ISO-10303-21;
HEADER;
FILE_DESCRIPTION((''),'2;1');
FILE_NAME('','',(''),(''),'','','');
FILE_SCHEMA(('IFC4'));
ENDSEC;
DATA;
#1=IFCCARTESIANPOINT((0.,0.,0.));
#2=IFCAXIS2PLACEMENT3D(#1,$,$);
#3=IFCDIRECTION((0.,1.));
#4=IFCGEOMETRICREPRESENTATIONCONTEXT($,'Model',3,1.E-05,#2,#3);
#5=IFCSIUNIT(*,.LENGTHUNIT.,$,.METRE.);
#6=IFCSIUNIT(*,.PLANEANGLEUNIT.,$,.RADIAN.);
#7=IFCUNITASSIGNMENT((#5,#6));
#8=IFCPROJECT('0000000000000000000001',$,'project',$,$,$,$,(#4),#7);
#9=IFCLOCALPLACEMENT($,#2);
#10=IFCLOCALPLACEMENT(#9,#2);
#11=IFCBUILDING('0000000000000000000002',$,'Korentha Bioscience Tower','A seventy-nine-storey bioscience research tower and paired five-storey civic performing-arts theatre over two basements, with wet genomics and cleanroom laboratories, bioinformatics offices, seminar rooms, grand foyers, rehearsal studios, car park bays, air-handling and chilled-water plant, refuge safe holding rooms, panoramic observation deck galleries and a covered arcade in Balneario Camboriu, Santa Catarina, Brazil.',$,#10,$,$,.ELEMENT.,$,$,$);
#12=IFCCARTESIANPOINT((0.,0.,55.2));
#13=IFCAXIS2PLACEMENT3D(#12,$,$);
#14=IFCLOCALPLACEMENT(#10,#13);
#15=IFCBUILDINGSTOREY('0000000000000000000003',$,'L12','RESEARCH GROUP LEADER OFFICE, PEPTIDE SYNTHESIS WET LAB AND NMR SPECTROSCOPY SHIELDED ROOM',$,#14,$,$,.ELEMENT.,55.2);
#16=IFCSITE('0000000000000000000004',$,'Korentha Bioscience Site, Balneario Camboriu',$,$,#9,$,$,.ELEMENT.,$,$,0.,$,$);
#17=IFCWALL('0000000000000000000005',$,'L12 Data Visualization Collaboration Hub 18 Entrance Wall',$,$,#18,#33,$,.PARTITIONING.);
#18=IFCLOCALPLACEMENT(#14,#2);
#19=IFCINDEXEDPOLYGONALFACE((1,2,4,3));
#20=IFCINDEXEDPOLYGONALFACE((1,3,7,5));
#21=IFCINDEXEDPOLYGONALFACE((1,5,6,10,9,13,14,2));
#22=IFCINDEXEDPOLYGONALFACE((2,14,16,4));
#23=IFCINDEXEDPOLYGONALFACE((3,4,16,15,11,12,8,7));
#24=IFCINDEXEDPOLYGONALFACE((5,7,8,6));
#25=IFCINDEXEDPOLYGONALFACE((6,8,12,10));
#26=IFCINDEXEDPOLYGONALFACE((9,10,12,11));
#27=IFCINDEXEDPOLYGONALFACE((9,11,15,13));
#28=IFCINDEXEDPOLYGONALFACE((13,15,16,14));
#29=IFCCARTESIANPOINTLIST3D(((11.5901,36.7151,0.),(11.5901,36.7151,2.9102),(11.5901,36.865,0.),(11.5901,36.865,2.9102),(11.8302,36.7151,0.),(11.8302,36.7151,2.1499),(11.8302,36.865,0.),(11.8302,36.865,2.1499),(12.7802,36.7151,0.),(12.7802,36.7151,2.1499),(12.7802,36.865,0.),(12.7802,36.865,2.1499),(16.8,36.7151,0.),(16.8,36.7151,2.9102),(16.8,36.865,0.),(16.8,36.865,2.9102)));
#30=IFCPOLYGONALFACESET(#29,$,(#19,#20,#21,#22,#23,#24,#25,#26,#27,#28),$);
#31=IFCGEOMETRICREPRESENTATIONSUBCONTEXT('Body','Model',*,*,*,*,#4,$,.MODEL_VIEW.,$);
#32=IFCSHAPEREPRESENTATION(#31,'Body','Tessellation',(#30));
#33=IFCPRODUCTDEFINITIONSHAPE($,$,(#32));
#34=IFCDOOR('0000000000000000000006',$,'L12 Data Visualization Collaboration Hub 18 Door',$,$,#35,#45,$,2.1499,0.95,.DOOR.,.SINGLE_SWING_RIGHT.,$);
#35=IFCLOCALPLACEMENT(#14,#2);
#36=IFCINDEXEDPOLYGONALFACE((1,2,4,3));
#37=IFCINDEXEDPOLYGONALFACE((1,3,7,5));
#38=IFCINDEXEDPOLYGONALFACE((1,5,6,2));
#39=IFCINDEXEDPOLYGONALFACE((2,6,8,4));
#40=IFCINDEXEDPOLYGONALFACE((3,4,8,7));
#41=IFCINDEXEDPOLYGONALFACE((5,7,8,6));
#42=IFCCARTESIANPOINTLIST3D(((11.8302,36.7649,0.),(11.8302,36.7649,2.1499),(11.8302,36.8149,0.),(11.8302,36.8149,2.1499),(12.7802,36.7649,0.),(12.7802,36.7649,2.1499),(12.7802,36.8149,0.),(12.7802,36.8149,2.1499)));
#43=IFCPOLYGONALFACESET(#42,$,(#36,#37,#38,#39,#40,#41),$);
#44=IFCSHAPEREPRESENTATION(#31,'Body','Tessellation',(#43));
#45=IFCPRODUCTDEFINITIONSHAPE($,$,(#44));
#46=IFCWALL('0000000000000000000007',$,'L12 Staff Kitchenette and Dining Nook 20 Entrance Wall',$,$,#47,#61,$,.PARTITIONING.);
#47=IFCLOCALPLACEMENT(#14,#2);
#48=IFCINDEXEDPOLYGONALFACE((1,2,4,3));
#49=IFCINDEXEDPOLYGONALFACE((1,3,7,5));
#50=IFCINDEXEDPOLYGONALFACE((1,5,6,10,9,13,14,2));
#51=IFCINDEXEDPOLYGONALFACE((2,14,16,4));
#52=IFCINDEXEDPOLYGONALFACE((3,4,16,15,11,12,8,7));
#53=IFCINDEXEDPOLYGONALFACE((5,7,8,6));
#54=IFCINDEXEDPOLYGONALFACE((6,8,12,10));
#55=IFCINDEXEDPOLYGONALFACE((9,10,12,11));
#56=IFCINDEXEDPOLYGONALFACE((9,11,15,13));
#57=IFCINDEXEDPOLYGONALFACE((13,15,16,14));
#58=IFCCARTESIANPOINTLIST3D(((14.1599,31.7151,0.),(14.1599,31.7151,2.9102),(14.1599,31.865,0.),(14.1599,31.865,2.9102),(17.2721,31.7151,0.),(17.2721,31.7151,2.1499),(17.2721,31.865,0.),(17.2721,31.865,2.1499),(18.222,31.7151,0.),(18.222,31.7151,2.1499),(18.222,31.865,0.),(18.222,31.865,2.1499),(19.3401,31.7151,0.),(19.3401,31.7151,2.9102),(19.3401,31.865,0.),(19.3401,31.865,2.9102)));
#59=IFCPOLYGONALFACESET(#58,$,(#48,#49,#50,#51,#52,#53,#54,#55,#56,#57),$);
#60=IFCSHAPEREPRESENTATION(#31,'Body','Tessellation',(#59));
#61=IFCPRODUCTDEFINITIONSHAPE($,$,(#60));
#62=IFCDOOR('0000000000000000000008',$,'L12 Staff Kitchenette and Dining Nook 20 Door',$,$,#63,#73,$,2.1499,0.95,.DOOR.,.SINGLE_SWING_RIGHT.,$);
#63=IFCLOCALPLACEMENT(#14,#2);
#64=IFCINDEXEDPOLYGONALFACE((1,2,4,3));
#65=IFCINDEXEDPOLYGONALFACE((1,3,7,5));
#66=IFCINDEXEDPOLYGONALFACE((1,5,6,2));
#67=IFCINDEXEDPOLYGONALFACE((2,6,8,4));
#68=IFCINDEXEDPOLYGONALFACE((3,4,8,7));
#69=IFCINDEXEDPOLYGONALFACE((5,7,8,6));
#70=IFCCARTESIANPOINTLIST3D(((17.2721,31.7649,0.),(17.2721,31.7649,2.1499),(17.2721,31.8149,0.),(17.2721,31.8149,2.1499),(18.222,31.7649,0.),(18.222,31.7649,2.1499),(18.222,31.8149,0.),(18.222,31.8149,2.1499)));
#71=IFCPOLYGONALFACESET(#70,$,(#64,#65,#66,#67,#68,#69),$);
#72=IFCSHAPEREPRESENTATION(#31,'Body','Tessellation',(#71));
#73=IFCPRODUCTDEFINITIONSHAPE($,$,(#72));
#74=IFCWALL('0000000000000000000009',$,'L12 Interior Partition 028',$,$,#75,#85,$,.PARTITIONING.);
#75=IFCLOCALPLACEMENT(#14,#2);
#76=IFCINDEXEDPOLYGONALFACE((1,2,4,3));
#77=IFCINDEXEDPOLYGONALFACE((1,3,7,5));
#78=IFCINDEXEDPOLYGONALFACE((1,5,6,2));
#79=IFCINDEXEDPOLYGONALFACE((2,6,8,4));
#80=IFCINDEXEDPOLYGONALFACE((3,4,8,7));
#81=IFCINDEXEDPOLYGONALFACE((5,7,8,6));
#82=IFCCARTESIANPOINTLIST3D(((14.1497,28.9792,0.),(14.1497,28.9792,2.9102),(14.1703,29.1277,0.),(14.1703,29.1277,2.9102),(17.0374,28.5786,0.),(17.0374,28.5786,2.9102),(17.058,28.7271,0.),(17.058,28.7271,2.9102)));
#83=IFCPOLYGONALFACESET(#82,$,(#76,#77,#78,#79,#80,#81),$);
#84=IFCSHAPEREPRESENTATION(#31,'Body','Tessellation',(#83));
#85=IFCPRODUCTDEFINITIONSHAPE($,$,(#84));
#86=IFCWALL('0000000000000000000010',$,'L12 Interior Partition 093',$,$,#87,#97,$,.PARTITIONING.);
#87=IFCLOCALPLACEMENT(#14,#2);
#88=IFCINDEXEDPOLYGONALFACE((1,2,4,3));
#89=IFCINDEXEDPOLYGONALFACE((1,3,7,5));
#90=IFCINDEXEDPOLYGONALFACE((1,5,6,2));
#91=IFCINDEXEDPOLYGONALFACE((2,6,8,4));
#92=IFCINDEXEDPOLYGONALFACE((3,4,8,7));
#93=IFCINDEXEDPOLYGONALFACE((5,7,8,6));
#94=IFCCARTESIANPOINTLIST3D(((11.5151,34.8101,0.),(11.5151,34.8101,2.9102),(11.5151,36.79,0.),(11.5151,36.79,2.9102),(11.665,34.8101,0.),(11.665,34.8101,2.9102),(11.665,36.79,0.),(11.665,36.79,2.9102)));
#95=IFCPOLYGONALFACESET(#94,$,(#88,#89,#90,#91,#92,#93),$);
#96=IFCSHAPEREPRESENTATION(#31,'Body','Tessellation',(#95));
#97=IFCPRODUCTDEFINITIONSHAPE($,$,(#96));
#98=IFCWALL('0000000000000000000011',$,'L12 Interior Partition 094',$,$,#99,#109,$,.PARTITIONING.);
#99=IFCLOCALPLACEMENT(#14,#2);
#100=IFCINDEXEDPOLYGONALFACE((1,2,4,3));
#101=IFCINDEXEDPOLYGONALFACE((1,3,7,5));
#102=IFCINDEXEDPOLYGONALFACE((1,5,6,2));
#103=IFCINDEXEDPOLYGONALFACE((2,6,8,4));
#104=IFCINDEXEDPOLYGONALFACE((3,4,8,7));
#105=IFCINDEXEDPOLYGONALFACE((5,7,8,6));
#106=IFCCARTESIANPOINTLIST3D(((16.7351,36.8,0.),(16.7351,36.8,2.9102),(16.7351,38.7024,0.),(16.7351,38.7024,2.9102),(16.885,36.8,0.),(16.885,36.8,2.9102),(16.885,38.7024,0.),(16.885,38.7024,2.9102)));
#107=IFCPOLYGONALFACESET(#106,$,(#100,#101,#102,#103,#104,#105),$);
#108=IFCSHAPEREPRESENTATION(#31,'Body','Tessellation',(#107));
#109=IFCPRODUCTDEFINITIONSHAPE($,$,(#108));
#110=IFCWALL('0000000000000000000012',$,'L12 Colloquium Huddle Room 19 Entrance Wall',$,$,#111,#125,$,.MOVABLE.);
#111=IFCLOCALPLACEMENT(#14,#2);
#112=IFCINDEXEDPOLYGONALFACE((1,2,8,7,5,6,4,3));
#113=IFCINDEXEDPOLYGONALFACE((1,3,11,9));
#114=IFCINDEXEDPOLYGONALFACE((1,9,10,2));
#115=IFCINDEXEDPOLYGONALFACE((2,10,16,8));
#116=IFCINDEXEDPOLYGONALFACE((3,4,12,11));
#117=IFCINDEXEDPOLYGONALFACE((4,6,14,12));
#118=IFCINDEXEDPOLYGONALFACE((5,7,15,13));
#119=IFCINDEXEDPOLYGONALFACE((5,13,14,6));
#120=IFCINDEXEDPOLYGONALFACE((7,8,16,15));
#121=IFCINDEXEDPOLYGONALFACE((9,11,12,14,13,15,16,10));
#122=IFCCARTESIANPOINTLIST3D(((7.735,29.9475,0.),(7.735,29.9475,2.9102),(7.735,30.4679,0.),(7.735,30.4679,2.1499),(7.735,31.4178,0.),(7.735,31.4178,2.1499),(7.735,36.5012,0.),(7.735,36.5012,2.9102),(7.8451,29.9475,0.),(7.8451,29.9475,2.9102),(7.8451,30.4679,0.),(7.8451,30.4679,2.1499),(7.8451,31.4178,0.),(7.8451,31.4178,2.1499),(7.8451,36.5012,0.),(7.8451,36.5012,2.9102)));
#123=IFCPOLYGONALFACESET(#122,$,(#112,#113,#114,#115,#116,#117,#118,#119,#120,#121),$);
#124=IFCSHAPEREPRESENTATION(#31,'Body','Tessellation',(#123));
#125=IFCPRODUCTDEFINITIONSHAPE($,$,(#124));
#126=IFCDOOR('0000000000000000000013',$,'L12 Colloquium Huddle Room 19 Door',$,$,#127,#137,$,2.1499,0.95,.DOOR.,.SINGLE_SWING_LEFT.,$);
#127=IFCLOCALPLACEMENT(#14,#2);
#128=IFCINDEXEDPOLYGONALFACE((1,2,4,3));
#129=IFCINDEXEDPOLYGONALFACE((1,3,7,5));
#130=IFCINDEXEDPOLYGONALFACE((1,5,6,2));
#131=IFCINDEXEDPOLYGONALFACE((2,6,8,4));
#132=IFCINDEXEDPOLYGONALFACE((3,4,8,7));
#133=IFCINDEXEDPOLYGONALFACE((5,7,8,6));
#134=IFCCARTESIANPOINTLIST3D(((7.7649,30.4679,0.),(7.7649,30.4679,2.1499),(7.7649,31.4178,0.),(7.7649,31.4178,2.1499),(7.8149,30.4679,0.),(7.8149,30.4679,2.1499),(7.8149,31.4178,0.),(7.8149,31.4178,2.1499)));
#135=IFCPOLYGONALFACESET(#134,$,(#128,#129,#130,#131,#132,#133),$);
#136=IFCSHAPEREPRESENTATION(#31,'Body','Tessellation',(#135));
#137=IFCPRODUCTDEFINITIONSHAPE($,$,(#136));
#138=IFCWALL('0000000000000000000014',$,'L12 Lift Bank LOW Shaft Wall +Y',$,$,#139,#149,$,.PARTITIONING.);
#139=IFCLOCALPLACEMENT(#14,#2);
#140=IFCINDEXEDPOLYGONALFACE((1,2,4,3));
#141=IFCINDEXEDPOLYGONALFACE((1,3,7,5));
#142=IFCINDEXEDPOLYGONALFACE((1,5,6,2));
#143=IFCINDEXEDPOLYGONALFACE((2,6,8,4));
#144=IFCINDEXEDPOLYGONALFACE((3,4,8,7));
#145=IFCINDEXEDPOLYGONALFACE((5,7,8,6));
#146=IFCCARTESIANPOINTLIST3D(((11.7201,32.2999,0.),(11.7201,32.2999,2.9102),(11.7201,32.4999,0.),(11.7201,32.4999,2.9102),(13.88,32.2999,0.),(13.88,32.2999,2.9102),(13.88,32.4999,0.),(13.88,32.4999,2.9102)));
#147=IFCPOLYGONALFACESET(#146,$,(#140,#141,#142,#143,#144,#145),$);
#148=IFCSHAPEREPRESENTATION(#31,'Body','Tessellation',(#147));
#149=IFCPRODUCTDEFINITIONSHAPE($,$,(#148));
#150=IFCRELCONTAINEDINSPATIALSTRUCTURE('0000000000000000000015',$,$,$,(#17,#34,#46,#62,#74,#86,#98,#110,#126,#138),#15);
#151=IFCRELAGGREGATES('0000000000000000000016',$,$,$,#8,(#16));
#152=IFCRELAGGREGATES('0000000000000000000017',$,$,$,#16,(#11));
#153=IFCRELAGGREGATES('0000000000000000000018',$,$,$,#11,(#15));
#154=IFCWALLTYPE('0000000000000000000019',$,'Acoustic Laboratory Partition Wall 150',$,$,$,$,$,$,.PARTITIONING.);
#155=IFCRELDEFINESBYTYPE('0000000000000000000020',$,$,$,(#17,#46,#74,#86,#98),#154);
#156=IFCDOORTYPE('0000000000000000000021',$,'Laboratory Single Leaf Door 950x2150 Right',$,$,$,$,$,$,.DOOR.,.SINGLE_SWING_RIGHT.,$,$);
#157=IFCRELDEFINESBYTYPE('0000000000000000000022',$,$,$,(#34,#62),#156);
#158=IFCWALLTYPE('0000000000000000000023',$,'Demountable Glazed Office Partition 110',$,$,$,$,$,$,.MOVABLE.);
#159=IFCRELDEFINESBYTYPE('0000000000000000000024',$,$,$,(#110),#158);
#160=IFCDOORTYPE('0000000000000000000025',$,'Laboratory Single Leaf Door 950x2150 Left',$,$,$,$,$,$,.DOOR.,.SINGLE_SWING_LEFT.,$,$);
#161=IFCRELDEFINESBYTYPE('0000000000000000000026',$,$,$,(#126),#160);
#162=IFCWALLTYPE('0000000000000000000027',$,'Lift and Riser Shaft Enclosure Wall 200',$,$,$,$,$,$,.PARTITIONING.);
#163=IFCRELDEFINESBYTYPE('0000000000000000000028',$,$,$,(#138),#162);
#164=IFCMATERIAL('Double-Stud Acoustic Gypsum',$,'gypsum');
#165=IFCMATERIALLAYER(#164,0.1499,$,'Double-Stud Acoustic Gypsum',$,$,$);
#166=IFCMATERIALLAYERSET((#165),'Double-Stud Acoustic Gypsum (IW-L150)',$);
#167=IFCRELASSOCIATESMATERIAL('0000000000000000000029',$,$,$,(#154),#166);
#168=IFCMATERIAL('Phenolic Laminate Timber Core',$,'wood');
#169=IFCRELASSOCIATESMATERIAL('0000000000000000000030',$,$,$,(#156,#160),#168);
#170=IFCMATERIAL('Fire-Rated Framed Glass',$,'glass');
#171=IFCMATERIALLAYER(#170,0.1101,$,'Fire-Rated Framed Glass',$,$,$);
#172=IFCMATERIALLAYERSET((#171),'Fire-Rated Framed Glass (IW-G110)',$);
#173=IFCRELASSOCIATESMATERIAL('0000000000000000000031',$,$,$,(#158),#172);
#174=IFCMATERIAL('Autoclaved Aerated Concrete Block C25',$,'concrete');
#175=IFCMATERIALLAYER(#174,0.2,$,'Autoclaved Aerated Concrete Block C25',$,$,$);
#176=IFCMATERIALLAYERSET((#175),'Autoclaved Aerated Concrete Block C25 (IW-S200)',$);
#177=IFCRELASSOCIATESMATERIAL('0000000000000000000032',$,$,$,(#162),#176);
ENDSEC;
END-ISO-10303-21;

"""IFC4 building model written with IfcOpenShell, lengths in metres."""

from ifc_helpers import new_model, si_unit, direction, frame, frame_2d, origin, place, context, subcontext, project, spatial, rectangle, extrude, material, layer, layer_set, type_object, element, fill, save


model = new_model("IFC4")

# Units and contexts
model_context = context("Model", 3, precision=1e-05, world=origin(), true_north=direction((0.0, 1.0)))
body_context = subcontext(model_context, "Body", "Model", "MODEL_VIEW")
ifc_project = project(units=[si_unit("LENGTHUNIT", "METRE"), si_unit("PLANEANGLEUNIT", "RADIAN")], contexts=[model_context])

# Site, building, storey
site_placement = place(None, origin())
site = spatial("IfcSite", under=ifc_project, at=site_placement, Name="Korentha Bioscience Site, Balneario Camboriu", CompositionType="ELEMENT", RefElevation=0.0)
building_placement = place(site_placement, origin())
building = spatial("IfcBuilding", under=site, at=building_placement, Name="Korentha Bioscience Tower", Description="A seventy-nine-storey bioscience research tower and paired five-storey civic performing-arts theatre over two basements, with wet genomics and cleanroom laboratories, bioinformatics offices, seminar rooms, grand foyers, rehearsal studios, car park bays, air-handling and chilled-water plant, refuge safe holding rooms, panoramic observation deck galleries and a covered arcade in Balneario Camboriu, Santa Catarina, Brazil.", CompositionType="ELEMENT")
storey_placement = place(building_placement, frame((0.0, 0.0, 55.2)))
storey = spatial("IfcBuildingStorey", under=building, at=storey_placement, Name="L12", Description="RESEARCH GROUP LEADER OFFICE, PEPTIDE SYNTHESIS WET LAB AND NMR SPECTROSCOPY SHIELDED ROOM", CompositionType="ELEMENT", Elevation=55.2)

# Walls, openings, doors
ifc_material_1 = material(Name="Double-Stud Acoustic Gypsum", Category="gypsum")
ifc_layer_1 = layer(ifc_material_1, 0.1499, Name="Double-Stud Acoustic Gypsum")
ifc_layer_set_1 = layer_set([ifc_layer_1], Name="Double-Stud Acoustic Gypsum (IW-L150)")
wall_type_1 = type_object("IfcWallType", Name="Acoustic Laboratory Partition Wall 150", PredefinedType="PARTITIONING", material=ifc_layer_set_1)
wall_1_placement = place(storey_placement, frame((11.5901, 36.79, 0.0), z_axis=(0.0, 0.0, 1.0), x_axis=(1.0, 0.0, 0.0)))
wall_1 = element("IfcWall", 1, at=wall_1_placement, inside=storey, type_object=wall_type_1, Name="L12 Data Visualization Collaboration Hub 18 Entrance Wall", PredefinedType="PARTITIONING", context=body_context, shape_type="SweptSolid", body=[
    extrude(rectangle(XDim=5.21, YDim=0.1499, at=frame_2d((2.605, 0.0))), origin(), (0.0, 0.0, 1.0), 2.9102),
])
opening_1_placement = place(wall_1_placement, frame((0.24, 0.0, 0.0)))
opening_1 = element("IfcOpeningElement", 2, at=opening_1_placement, cuts=wall_1, PredefinedType="OPENING", context=body_context, shape_type="SweptSolid", body=[
    extrude(rectangle(XDim=0.95, YDim=2.1499, at=frame_2d((0.4751, 1.075))), frame((0.0, 0.0898, 0.0), z_axis=(0.0, -1.0, 0.0), x_axis=(1.0, 0.0, 0.0)), (0.0, 0.0, 1.0), 0.1797),
])
ifc_material_2 = material(Name="Phenolic Laminate Timber Core", Category="wood")
door_type_1 = type_object("IfcDoorType", Name="Laboratory Single Leaf Door 950x2150 Right", OperationType="SINGLE_SWING_RIGHT", PredefinedType="DOOR", material=ifc_material_2)
door_1_placement = place(opening_1_placement, origin())
door_1 = element("IfcDoor", 3, at=door_1_placement, inside=storey, type_object=door_type_1, Name="L12 Data Visualization Collaboration Hub 18 Door", OperationType="SINGLE_SWING_RIGHT", OverallHeight=2.1499, OverallWidth=0.95, PredefinedType="DOOR", context=body_context, shape_type="SweptSolid", body=[
    extrude(rectangle(XDim=0.95, YDim=2.1499, at=frame_2d((0.4751, 1.075))), frame((0.0, 0.0249, 0.0), z_axis=(0.0, -1.0, 0.0), x_axis=(1.0, 0.0, 0.0)), (0.0, 0.0, 1.0), 0.05),
])
fill(opening_1, door_1)
wall_2_placement = place(storey_placement, frame((14.1599, 31.79, 0.0), z_axis=(0.0, 0.0, 1.0), x_axis=(1.0, 0.0, 0.0)))
wall_2 = element("IfcWall", 4, at=wall_2_placement, inside=storey, type_object=wall_type_1, Name="L12 Staff Kitchenette and Dining Nook 20 Entrance Wall", PredefinedType="PARTITIONING", context=body_context, shape_type="SweptSolid", body=[
    extrude(rectangle(XDim=5.1802, YDim=0.1499, at=frame_2d((2.5901, 0.0))), origin(), (0.0, 0.0, 1.0), 2.9102),
])
opening_2_placement = place(wall_2_placement, frame((3.1121, 0.0, 0.0)))
opening_2 = element("IfcOpeningElement", 5, at=opening_2_placement, cuts=wall_2, PredefinedType="OPENING", context=body_context, shape_type="SweptSolid", body=[
    extrude(rectangle(XDim=0.95, YDim=2.1499, at=frame_2d((0.4751, 1.075))), frame((0.0, 0.0898, 0.0), z_axis=(0.0, -1.0, 0.0), x_axis=(1.0, 0.0, 0.0)), (0.0, 0.0, 1.0), 0.1797),
])
door_2_placement = place(opening_2_placement, origin())
door_2 = element("IfcDoor", 6, at=door_2_placement, inside=storey, type_object=door_type_1, Name="L12 Staff Kitchenette and Dining Nook 20 Door", OperationType="SINGLE_SWING_RIGHT", OverallHeight=2.1499, OverallWidth=0.95, PredefinedType="DOOR", context=body_context, shape_type="SweptSolid", body=[
    extrude(rectangle(XDim=0.95, YDim=2.1499, at=frame_2d((0.4751, 1.075))), frame((0.0, 0.0249, 0.0), z_axis=(0.0, -1.0, 0.0), x_axis=(1.0, 0.0, 0.0)), (0.0, 0.0, 1.0), 0.05),
])
fill(opening_2, door_2)

# Walls
wall_3_placement = place(storey_placement, frame((14.1602, 29.0535, 0.0), z_axis=(0.0, 0.0, 1.0), x_axis=(0.990513, -0.137422, 0.0)))
element("IfcWall", 7, at=wall_3_placement, inside=storey, type_object=wall_type_1, Name="L12 Interior Partition 028", PredefinedType="PARTITIONING", context=body_context, shape_type="SweptSolid", body=[
    extrude(rectangle(XDim=2.9153, YDim=0.1499, at=frame_2d((1.4575, 0.0))), origin(), (0.0, 0.0, 1.0), 2.9102),
])
wall_4_placement = place(storey_placement, frame((11.5901, 34.8101, 0.0), z_axis=(0.0, 0.0, 1.0), x_axis=(0.0, 1.0, 0.0)))
element("IfcWall", 8, at=wall_4_placement, inside=storey, type_object=wall_type_1, Name="L12 Interior Partition 093", PredefinedType="PARTITIONING", context=body_context, shape_type="SweptSolid", body=[
    extrude(rectangle(XDim=1.98, YDim=0.1499, at=frame_2d((0.99, 0.0))), origin(), (0.0, 0.0, 1.0), 2.9102),
])
wall_5_placement = place(storey_placement, frame((16.8101, 36.8, 0.0), z_axis=(0.0, 0.0, 1.0), x_axis=(0.0, 1.0, 0.0)))
element("IfcWall", 9, at=wall_5_placement, inside=storey, type_object=wall_type_1, Name="L12 Interior Partition 094", PredefinedType="PARTITIONING", context=body_context, shape_type="SweptSolid", body=[
    extrude(rectangle(XDim=1.9023, YDim=0.1499, at=frame_2d((0.9512, 0.0))), origin(), (0.0, 0.0, 1.0), 2.9102),
])

# Wall, opening, door
ifc_material_3 = material(Name="Fire-Rated Framed Glass", Category="glass")
ifc_layer_2 = layer(ifc_material_3, 0.1101, Name="Fire-Rated Framed Glass")
ifc_layer_set_2 = layer_set([ifc_layer_2], Name="Fire-Rated Framed Glass (IW-G110)")
wall_type_2 = type_object("IfcWallType", Name="Demountable Glazed Office Partition 110", PredefinedType="MOVABLE", material=ifc_layer_set_2)
wall_6_placement = place(storey_placement, frame((7.79, 36.5012, 0.0), z_axis=(0.0, 0.0, 1.0), x_axis=(0.0, -1.0, 0.0)))
wall_6 = element("IfcWall", 10, at=wall_6_placement, inside=storey, type_object=wall_type_2, Name="L12 Colloquium Huddle Room 19 Entrance Wall", PredefinedType="MOVABLE", context=body_context, shape_type="SweptSolid", body=[
    extrude(rectangle(XDim=6.5537, YDim=0.1101, at=frame_2d((3.2769, 0.0))), origin(), (0.0, 0.0, 1.0), 2.9102),
])
opening_3_placement = place(wall_6_placement, frame((5.0833, 0.0, 0.0)))
opening_3 = element("IfcOpeningElement", 11, at=opening_3_placement, cuts=wall_6, PredefinedType="OPENING", context=body_context, shape_type="SweptSolid", body=[
    extrude(rectangle(XDim=0.95, YDim=2.1499, at=frame_2d((0.4751, 1.075))), frame((0.0, 0.0698, 0.0), z_axis=(0.0, -1.0, 0.0), x_axis=(1.0, 0.0, 0.0)), (0.0, 0.0, 1.0), 0.1399),
])
door_type_2 = type_object("IfcDoorType", Name="Laboratory Single Leaf Door 950x2150 Left", OperationType="SINGLE_SWING_LEFT", PredefinedType="DOOR", material=ifc_material_2)
door_3_placement = place(opening_3_placement, origin())
door_3 = element("IfcDoor", 12, at=door_3_placement, inside=storey, type_object=door_type_2, Name="L12 Colloquium Huddle Room 19 Door", OperationType="SINGLE_SWING_LEFT", OverallHeight=2.1499, OverallWidth=0.95, PredefinedType="DOOR", context=body_context, shape_type="SweptSolid", body=[
    extrude(rectangle(XDim=0.95, YDim=2.1499, at=frame_2d((0.4751, 1.075))), frame((0.0, 0.0249, 0.0), z_axis=(0.0, -1.0, 0.0), x_axis=(1.0, 0.0, 0.0)), (0.0, 0.0, 1.0), 0.05),
])
fill(opening_3, door_3)

# Wall
ifc_material_4 = material(Name="Autoclaved Aerated Concrete Block C25", Category="concrete")
ifc_layer_3 = layer(ifc_material_4, 0.2, Name="Autoclaved Aerated Concrete Block C25")
ifc_layer_set_3 = layer_set([ifc_layer_3], Name="Autoclaved Aerated Concrete Block C25 (IW-S200)")
wall_type_3 = type_object("IfcWallType", Name="Lift and Riser Shaft Enclosure Wall 200", PredefinedType="PARTITIONING", material=ifc_layer_set_3)
wall_7_placement = place(storey_placement, frame((11.72, 32.3999, 0.0), z_axis=(0.0, 0.0, 1.0), x_axis=(1.0, 0.0, 0.0)))
element("IfcWall", 13, at=wall_7_placement, inside=storey, type_object=wall_type_3, Name="L12 Lift Bank LOW Shaft Wall +Y", PredefinedType="PARTITIONING", context=body_context, shape_type="SweptSolid", body=[
    extrude(rectangle(XDim=2.1599, YDim=0.2, at=frame_2d((1.0801, 0.0))), origin(), (0.0, 0.0, 1.0), 2.9102),
])

save(model, "model.ifc")
